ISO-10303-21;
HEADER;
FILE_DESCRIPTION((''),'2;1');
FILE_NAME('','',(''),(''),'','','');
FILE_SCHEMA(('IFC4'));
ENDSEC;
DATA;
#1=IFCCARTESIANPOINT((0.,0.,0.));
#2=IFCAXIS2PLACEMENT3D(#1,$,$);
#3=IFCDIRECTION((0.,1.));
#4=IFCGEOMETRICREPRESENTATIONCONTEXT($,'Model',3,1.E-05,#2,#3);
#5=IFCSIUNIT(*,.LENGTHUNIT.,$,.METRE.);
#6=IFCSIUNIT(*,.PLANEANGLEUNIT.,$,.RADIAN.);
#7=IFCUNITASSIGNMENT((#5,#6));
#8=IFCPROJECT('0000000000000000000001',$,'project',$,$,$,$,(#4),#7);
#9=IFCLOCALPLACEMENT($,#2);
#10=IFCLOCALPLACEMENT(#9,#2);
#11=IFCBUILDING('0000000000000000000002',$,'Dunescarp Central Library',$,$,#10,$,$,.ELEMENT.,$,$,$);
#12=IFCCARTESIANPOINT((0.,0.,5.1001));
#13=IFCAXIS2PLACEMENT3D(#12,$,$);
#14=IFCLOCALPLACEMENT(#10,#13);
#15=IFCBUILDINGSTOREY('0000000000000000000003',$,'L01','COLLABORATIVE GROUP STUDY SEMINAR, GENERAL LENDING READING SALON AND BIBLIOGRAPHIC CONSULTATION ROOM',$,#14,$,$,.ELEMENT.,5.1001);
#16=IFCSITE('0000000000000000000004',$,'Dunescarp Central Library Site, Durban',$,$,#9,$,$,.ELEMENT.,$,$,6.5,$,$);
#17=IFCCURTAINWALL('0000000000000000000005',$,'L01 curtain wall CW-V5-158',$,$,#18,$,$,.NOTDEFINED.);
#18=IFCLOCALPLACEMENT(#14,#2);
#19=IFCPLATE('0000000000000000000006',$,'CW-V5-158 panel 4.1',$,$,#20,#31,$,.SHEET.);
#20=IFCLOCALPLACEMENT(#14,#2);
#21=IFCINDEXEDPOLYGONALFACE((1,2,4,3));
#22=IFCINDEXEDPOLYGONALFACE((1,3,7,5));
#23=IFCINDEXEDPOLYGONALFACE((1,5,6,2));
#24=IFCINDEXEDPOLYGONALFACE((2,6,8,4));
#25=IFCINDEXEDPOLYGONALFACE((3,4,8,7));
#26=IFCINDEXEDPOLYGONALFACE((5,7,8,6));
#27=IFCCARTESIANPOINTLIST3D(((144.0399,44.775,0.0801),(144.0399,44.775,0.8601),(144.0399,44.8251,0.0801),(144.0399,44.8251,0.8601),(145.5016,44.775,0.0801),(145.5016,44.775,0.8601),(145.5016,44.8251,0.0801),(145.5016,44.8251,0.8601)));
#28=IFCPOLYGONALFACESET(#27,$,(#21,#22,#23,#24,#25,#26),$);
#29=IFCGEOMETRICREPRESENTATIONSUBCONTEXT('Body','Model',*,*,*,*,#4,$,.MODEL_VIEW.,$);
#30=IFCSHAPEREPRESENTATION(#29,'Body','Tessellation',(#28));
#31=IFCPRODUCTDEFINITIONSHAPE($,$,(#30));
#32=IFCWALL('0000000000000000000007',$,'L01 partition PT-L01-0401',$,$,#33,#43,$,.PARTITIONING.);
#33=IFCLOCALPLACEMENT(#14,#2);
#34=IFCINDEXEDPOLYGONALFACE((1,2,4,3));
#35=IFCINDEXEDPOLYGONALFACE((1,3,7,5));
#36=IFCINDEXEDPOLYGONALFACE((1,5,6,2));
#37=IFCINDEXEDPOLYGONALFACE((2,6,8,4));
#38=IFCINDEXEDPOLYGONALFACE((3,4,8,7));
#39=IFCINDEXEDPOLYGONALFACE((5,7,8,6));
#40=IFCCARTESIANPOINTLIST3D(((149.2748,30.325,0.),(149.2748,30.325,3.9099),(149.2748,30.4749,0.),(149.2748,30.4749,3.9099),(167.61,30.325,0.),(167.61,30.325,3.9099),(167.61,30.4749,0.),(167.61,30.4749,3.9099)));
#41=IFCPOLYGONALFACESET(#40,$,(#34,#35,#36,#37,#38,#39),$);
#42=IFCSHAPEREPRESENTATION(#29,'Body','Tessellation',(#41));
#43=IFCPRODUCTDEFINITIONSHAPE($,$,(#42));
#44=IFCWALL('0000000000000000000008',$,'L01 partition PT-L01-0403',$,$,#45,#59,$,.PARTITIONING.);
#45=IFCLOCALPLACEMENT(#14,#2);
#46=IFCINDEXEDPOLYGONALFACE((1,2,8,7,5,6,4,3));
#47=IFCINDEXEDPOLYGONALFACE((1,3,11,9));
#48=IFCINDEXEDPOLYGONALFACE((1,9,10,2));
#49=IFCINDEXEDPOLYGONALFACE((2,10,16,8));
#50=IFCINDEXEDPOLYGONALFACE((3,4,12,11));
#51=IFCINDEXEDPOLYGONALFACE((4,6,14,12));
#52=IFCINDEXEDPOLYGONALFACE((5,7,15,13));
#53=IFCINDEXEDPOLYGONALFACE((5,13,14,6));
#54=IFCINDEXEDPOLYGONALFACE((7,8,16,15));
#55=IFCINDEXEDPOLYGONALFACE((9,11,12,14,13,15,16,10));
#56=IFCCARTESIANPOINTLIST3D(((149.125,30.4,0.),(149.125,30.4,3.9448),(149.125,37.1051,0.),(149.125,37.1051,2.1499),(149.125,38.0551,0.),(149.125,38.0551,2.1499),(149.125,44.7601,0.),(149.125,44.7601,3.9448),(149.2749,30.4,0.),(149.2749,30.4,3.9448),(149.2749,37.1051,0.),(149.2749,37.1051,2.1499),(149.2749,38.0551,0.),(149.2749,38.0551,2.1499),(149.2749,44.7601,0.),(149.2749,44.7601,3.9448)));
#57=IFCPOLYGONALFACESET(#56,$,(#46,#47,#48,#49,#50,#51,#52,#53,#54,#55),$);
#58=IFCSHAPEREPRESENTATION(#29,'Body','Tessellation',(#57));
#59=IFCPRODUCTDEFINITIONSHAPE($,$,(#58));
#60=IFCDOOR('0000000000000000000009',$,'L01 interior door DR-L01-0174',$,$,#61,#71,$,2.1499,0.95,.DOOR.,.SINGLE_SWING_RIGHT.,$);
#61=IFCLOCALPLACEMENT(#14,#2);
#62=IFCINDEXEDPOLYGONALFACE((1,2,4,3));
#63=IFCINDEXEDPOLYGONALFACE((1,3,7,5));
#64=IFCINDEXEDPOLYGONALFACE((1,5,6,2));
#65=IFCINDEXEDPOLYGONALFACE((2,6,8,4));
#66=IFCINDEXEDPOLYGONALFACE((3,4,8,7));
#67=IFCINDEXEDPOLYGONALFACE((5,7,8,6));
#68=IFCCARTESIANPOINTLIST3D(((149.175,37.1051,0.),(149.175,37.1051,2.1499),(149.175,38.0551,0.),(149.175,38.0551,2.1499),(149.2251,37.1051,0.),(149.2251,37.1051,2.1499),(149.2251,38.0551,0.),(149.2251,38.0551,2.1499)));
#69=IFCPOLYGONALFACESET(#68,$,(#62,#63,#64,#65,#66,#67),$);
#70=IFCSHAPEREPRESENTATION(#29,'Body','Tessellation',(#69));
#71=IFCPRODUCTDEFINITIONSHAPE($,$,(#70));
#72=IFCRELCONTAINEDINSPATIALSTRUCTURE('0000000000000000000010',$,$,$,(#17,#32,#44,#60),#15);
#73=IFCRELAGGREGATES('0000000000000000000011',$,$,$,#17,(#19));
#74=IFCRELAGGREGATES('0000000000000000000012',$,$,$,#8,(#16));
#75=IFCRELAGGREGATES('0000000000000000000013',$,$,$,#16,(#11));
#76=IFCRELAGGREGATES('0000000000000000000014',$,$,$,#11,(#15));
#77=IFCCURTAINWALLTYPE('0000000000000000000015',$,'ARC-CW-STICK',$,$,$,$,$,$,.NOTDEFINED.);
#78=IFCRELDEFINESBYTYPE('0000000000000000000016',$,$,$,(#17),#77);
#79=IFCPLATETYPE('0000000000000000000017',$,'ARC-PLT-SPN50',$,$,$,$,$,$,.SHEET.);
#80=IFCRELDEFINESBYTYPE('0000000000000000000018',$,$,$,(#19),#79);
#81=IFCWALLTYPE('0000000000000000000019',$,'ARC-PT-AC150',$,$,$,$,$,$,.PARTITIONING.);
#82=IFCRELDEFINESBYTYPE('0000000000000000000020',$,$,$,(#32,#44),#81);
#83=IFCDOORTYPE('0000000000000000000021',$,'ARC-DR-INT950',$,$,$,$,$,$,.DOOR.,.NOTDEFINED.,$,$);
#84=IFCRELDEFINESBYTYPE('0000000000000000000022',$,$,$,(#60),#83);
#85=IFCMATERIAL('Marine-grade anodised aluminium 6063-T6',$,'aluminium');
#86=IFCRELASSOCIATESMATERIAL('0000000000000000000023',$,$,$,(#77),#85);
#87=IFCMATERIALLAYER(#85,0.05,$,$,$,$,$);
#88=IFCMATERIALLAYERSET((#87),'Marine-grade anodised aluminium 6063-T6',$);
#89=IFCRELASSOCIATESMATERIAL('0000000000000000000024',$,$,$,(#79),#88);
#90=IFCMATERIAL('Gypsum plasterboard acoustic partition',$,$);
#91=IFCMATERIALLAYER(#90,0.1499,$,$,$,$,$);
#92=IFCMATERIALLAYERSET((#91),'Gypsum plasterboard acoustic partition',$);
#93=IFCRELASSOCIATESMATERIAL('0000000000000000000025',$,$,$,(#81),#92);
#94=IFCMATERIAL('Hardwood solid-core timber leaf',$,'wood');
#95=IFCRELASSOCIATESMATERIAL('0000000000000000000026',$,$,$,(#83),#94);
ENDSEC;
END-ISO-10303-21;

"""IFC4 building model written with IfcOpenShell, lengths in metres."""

from ifc_helpers import new_model, si_unit, direction, frame, frame_2d, origin, origin_2d, place, context, subcontext, project, spatial, rectangle, extrude, material, layer, layer_set, type_object, element, fill, aggregate, save


model = new_model("IFC4")

# Units and contexts
model_context = context("Model", 3, precision=1e-05, world=origin(), true_north=direction((0.0, 1.0)))
body_context = subcontext(model_context, "Body", "Model", "MODEL_VIEW")
ifc_project = project(units=[si_unit("LENGTHUNIT", "METRE"), si_unit("PLANEANGLEUNIT", "RADIAN")], contexts=[model_context])

# Site, building, storey
site_placement = place(None, origin())
site = spatial("IfcSite", under=ifc_project, at=site_placement, Name="Dunescarp Central Library Site, Durban", CompositionType="ELEMENT", RefElevation=6.5)
building_placement = place(site_placement, origin())
building = spatial("IfcBuilding", under=site, at=building_placement, Name="Dunescarp Central Library", CompositionType="ELEMENT")
storey_placement = place(building_placement, frame((0.0, 0.0, 5.1001)))
storey = spatial("IfcBuildingStorey", under=building, at=storey_placement, Name="L01", Description="COLLABORATIVE GROUP STUDY SEMINAR, GENERAL LENDING READING SALON AND BIBLIOGRAPHIC CONSULTATION ROOM", CompositionType="ELEMENT", Elevation=5.1001)

# Curtain wall
ifc_material_1 = material(Name="Marine-grade anodised aluminium 6063-T6", Category="aluminium")
curtain_wall_type = type_object("IfcCurtainWallType", Name="ARC-CW-STICK", PredefinedType="NOTDEFINED", material=ifc_material_1)
curtain_wall_placement = place(storey_placement, origin())
curtain_wall = element("IfcCurtainWall", 1, at=curtain_wall_placement, inside=storey, type_object=curtain_wall_type, Name="L01 curtain wall CW-V5-158", PredefinedType="NOTDEFINED")

# Plate
ifc_layer_1 = layer(ifc_material_1, 0.05)
ifc_layer_set_1 = layer_set([ifc_layer_1], Name="Marine-grade anodised aluminium 6063-T6")
plate_type_1 = type_object("IfcPlateType", Name="ARC-PLT-SPN50", PredefinedType="SHEET", material=ifc_layer_set_1)
plate_1_placement = place(storey_placement, frame((144.7708, 44.8, 0.0801), z_axis=(0.0, 0.0, 1.0), x_axis=(1.0, 0.0, 0.0)))
plate_1 = element("IfcPlate", 2, at=plate_1_placement, type_object=plate_type_1, Name="CW-V5-158 panel 4.1", PredefinedType="SHEET", context=body_context, shape_type="SweptSolid", body=[
    extrude(rectangle(XDim=1.4617, YDim=0.05, at=origin_2d()), origin(), (0.0, 0.0, 1.0), 0.78),
])
aggregate(curtain_wall, [plate_1])

# Wall
ifc_material_2 = material(Name="Gypsum plasterboard acoustic partition")
ifc_layer_2 = layer(ifc_material_2, 0.1499)
ifc_layer_set_2 = layer_set([ifc_layer_2], Name="Gypsum plasterboard acoustic partition")
wall_type = type_object("IfcWallType", Name="ARC-PT-AC150", PredefinedType="PARTITIONING", material=ifc_layer_set_2)
wall_1_placement = place(storey_placement, frame((149.2749, 30.3999, 0.0), z_axis=(0.0, 0.0, 1.0), x_axis=(1.0, 0.0, 0.0)))
element("IfcWall", 3, at=wall_1_placement, inside=storey, type_object=wall_type, Name="L01 partition PT-L01-0401", PredefinedType="PARTITIONING", context=body_context, shape_type="SweptSolid", body=[
    extrude(rectangle(XDim=18.3352, YDim=0.1499, at=frame_2d((9.1675, 0.0))), origin(), (0.0, 0.0, 1.0), 3.9099),
])

# Wall, opening, door
wall_2_placement = place(storey_placement, frame((149.2, 30.3999, 0.0), z_axis=(0.0, 0.0, 1.0), x_axis=(0.0, 1.0, 0.0)))
wall_2 = element("IfcWall", 4, at=wall_2_placement, inside=storey, type_object=wall_type, Name="L01 partition PT-L01-0403", PredefinedType="PARTITIONING", context=body_context, shape_type="SweptSolid", body=[
    extrude(rectangle(XDim=14.3601, YDim=0.1499, at=frame_2d((7.1802, 0.0))), origin(), (0.0, 0.0, 1.0), 3.9448),
])
opening_placement = place(wall_2_placement, frame((6.7051, 0.0, 0.0)))
opening = element("IfcOpeningElement", 5, at=opening_placement, cuts=wall_2, PredefinedType="OPENING", context=body_context, shape_type="SweptSolid", body=[
    extrude(rectangle(XDim=0.95, YDim=2.1499, at=frame_2d((0.4751, 1.075))), frame((0.0, 0.085, 0.0), z_axis=(0.0, -1.0, 0.0), x_axis=(1.0, 0.0, 0.0)), (0.0, 0.0, 1.0), 0.1699),
])
ifc_material_3 = material(Name="Hardwood solid-core timber leaf", Category="wood")
door_type = type_object("IfcDoorType", Name="ARC-DR-INT950", OperationType="NOTDEFINED", PredefinedType="DOOR", material=ifc_material_3)
door_placement = place(opening_placement, origin())
door = element("IfcDoor", 6, at=door_placement, inside=storey, type_object=door_type, Name="L01 interior door DR-L01-0174", OperationType="SINGLE_SWING_RIGHT", OverallHeight=2.1499, OverallWidth=0.95, PredefinedType="DOOR", context=body_context, shape_type="SweptSolid", body=[
    extrude(rectangle(XDim=0.95, YDim=2.1499, at=frame_2d((0.4751, 1.075))), frame((0.0, 0.0249, 0.0), z_axis=(0.0, -1.0, 0.0), x_axis=(1.0, 0.0, 0.0)), (0.0, 0.0, 1.0), 0.05),
])
fill(opening, door)

save(model, "model.ifc")
